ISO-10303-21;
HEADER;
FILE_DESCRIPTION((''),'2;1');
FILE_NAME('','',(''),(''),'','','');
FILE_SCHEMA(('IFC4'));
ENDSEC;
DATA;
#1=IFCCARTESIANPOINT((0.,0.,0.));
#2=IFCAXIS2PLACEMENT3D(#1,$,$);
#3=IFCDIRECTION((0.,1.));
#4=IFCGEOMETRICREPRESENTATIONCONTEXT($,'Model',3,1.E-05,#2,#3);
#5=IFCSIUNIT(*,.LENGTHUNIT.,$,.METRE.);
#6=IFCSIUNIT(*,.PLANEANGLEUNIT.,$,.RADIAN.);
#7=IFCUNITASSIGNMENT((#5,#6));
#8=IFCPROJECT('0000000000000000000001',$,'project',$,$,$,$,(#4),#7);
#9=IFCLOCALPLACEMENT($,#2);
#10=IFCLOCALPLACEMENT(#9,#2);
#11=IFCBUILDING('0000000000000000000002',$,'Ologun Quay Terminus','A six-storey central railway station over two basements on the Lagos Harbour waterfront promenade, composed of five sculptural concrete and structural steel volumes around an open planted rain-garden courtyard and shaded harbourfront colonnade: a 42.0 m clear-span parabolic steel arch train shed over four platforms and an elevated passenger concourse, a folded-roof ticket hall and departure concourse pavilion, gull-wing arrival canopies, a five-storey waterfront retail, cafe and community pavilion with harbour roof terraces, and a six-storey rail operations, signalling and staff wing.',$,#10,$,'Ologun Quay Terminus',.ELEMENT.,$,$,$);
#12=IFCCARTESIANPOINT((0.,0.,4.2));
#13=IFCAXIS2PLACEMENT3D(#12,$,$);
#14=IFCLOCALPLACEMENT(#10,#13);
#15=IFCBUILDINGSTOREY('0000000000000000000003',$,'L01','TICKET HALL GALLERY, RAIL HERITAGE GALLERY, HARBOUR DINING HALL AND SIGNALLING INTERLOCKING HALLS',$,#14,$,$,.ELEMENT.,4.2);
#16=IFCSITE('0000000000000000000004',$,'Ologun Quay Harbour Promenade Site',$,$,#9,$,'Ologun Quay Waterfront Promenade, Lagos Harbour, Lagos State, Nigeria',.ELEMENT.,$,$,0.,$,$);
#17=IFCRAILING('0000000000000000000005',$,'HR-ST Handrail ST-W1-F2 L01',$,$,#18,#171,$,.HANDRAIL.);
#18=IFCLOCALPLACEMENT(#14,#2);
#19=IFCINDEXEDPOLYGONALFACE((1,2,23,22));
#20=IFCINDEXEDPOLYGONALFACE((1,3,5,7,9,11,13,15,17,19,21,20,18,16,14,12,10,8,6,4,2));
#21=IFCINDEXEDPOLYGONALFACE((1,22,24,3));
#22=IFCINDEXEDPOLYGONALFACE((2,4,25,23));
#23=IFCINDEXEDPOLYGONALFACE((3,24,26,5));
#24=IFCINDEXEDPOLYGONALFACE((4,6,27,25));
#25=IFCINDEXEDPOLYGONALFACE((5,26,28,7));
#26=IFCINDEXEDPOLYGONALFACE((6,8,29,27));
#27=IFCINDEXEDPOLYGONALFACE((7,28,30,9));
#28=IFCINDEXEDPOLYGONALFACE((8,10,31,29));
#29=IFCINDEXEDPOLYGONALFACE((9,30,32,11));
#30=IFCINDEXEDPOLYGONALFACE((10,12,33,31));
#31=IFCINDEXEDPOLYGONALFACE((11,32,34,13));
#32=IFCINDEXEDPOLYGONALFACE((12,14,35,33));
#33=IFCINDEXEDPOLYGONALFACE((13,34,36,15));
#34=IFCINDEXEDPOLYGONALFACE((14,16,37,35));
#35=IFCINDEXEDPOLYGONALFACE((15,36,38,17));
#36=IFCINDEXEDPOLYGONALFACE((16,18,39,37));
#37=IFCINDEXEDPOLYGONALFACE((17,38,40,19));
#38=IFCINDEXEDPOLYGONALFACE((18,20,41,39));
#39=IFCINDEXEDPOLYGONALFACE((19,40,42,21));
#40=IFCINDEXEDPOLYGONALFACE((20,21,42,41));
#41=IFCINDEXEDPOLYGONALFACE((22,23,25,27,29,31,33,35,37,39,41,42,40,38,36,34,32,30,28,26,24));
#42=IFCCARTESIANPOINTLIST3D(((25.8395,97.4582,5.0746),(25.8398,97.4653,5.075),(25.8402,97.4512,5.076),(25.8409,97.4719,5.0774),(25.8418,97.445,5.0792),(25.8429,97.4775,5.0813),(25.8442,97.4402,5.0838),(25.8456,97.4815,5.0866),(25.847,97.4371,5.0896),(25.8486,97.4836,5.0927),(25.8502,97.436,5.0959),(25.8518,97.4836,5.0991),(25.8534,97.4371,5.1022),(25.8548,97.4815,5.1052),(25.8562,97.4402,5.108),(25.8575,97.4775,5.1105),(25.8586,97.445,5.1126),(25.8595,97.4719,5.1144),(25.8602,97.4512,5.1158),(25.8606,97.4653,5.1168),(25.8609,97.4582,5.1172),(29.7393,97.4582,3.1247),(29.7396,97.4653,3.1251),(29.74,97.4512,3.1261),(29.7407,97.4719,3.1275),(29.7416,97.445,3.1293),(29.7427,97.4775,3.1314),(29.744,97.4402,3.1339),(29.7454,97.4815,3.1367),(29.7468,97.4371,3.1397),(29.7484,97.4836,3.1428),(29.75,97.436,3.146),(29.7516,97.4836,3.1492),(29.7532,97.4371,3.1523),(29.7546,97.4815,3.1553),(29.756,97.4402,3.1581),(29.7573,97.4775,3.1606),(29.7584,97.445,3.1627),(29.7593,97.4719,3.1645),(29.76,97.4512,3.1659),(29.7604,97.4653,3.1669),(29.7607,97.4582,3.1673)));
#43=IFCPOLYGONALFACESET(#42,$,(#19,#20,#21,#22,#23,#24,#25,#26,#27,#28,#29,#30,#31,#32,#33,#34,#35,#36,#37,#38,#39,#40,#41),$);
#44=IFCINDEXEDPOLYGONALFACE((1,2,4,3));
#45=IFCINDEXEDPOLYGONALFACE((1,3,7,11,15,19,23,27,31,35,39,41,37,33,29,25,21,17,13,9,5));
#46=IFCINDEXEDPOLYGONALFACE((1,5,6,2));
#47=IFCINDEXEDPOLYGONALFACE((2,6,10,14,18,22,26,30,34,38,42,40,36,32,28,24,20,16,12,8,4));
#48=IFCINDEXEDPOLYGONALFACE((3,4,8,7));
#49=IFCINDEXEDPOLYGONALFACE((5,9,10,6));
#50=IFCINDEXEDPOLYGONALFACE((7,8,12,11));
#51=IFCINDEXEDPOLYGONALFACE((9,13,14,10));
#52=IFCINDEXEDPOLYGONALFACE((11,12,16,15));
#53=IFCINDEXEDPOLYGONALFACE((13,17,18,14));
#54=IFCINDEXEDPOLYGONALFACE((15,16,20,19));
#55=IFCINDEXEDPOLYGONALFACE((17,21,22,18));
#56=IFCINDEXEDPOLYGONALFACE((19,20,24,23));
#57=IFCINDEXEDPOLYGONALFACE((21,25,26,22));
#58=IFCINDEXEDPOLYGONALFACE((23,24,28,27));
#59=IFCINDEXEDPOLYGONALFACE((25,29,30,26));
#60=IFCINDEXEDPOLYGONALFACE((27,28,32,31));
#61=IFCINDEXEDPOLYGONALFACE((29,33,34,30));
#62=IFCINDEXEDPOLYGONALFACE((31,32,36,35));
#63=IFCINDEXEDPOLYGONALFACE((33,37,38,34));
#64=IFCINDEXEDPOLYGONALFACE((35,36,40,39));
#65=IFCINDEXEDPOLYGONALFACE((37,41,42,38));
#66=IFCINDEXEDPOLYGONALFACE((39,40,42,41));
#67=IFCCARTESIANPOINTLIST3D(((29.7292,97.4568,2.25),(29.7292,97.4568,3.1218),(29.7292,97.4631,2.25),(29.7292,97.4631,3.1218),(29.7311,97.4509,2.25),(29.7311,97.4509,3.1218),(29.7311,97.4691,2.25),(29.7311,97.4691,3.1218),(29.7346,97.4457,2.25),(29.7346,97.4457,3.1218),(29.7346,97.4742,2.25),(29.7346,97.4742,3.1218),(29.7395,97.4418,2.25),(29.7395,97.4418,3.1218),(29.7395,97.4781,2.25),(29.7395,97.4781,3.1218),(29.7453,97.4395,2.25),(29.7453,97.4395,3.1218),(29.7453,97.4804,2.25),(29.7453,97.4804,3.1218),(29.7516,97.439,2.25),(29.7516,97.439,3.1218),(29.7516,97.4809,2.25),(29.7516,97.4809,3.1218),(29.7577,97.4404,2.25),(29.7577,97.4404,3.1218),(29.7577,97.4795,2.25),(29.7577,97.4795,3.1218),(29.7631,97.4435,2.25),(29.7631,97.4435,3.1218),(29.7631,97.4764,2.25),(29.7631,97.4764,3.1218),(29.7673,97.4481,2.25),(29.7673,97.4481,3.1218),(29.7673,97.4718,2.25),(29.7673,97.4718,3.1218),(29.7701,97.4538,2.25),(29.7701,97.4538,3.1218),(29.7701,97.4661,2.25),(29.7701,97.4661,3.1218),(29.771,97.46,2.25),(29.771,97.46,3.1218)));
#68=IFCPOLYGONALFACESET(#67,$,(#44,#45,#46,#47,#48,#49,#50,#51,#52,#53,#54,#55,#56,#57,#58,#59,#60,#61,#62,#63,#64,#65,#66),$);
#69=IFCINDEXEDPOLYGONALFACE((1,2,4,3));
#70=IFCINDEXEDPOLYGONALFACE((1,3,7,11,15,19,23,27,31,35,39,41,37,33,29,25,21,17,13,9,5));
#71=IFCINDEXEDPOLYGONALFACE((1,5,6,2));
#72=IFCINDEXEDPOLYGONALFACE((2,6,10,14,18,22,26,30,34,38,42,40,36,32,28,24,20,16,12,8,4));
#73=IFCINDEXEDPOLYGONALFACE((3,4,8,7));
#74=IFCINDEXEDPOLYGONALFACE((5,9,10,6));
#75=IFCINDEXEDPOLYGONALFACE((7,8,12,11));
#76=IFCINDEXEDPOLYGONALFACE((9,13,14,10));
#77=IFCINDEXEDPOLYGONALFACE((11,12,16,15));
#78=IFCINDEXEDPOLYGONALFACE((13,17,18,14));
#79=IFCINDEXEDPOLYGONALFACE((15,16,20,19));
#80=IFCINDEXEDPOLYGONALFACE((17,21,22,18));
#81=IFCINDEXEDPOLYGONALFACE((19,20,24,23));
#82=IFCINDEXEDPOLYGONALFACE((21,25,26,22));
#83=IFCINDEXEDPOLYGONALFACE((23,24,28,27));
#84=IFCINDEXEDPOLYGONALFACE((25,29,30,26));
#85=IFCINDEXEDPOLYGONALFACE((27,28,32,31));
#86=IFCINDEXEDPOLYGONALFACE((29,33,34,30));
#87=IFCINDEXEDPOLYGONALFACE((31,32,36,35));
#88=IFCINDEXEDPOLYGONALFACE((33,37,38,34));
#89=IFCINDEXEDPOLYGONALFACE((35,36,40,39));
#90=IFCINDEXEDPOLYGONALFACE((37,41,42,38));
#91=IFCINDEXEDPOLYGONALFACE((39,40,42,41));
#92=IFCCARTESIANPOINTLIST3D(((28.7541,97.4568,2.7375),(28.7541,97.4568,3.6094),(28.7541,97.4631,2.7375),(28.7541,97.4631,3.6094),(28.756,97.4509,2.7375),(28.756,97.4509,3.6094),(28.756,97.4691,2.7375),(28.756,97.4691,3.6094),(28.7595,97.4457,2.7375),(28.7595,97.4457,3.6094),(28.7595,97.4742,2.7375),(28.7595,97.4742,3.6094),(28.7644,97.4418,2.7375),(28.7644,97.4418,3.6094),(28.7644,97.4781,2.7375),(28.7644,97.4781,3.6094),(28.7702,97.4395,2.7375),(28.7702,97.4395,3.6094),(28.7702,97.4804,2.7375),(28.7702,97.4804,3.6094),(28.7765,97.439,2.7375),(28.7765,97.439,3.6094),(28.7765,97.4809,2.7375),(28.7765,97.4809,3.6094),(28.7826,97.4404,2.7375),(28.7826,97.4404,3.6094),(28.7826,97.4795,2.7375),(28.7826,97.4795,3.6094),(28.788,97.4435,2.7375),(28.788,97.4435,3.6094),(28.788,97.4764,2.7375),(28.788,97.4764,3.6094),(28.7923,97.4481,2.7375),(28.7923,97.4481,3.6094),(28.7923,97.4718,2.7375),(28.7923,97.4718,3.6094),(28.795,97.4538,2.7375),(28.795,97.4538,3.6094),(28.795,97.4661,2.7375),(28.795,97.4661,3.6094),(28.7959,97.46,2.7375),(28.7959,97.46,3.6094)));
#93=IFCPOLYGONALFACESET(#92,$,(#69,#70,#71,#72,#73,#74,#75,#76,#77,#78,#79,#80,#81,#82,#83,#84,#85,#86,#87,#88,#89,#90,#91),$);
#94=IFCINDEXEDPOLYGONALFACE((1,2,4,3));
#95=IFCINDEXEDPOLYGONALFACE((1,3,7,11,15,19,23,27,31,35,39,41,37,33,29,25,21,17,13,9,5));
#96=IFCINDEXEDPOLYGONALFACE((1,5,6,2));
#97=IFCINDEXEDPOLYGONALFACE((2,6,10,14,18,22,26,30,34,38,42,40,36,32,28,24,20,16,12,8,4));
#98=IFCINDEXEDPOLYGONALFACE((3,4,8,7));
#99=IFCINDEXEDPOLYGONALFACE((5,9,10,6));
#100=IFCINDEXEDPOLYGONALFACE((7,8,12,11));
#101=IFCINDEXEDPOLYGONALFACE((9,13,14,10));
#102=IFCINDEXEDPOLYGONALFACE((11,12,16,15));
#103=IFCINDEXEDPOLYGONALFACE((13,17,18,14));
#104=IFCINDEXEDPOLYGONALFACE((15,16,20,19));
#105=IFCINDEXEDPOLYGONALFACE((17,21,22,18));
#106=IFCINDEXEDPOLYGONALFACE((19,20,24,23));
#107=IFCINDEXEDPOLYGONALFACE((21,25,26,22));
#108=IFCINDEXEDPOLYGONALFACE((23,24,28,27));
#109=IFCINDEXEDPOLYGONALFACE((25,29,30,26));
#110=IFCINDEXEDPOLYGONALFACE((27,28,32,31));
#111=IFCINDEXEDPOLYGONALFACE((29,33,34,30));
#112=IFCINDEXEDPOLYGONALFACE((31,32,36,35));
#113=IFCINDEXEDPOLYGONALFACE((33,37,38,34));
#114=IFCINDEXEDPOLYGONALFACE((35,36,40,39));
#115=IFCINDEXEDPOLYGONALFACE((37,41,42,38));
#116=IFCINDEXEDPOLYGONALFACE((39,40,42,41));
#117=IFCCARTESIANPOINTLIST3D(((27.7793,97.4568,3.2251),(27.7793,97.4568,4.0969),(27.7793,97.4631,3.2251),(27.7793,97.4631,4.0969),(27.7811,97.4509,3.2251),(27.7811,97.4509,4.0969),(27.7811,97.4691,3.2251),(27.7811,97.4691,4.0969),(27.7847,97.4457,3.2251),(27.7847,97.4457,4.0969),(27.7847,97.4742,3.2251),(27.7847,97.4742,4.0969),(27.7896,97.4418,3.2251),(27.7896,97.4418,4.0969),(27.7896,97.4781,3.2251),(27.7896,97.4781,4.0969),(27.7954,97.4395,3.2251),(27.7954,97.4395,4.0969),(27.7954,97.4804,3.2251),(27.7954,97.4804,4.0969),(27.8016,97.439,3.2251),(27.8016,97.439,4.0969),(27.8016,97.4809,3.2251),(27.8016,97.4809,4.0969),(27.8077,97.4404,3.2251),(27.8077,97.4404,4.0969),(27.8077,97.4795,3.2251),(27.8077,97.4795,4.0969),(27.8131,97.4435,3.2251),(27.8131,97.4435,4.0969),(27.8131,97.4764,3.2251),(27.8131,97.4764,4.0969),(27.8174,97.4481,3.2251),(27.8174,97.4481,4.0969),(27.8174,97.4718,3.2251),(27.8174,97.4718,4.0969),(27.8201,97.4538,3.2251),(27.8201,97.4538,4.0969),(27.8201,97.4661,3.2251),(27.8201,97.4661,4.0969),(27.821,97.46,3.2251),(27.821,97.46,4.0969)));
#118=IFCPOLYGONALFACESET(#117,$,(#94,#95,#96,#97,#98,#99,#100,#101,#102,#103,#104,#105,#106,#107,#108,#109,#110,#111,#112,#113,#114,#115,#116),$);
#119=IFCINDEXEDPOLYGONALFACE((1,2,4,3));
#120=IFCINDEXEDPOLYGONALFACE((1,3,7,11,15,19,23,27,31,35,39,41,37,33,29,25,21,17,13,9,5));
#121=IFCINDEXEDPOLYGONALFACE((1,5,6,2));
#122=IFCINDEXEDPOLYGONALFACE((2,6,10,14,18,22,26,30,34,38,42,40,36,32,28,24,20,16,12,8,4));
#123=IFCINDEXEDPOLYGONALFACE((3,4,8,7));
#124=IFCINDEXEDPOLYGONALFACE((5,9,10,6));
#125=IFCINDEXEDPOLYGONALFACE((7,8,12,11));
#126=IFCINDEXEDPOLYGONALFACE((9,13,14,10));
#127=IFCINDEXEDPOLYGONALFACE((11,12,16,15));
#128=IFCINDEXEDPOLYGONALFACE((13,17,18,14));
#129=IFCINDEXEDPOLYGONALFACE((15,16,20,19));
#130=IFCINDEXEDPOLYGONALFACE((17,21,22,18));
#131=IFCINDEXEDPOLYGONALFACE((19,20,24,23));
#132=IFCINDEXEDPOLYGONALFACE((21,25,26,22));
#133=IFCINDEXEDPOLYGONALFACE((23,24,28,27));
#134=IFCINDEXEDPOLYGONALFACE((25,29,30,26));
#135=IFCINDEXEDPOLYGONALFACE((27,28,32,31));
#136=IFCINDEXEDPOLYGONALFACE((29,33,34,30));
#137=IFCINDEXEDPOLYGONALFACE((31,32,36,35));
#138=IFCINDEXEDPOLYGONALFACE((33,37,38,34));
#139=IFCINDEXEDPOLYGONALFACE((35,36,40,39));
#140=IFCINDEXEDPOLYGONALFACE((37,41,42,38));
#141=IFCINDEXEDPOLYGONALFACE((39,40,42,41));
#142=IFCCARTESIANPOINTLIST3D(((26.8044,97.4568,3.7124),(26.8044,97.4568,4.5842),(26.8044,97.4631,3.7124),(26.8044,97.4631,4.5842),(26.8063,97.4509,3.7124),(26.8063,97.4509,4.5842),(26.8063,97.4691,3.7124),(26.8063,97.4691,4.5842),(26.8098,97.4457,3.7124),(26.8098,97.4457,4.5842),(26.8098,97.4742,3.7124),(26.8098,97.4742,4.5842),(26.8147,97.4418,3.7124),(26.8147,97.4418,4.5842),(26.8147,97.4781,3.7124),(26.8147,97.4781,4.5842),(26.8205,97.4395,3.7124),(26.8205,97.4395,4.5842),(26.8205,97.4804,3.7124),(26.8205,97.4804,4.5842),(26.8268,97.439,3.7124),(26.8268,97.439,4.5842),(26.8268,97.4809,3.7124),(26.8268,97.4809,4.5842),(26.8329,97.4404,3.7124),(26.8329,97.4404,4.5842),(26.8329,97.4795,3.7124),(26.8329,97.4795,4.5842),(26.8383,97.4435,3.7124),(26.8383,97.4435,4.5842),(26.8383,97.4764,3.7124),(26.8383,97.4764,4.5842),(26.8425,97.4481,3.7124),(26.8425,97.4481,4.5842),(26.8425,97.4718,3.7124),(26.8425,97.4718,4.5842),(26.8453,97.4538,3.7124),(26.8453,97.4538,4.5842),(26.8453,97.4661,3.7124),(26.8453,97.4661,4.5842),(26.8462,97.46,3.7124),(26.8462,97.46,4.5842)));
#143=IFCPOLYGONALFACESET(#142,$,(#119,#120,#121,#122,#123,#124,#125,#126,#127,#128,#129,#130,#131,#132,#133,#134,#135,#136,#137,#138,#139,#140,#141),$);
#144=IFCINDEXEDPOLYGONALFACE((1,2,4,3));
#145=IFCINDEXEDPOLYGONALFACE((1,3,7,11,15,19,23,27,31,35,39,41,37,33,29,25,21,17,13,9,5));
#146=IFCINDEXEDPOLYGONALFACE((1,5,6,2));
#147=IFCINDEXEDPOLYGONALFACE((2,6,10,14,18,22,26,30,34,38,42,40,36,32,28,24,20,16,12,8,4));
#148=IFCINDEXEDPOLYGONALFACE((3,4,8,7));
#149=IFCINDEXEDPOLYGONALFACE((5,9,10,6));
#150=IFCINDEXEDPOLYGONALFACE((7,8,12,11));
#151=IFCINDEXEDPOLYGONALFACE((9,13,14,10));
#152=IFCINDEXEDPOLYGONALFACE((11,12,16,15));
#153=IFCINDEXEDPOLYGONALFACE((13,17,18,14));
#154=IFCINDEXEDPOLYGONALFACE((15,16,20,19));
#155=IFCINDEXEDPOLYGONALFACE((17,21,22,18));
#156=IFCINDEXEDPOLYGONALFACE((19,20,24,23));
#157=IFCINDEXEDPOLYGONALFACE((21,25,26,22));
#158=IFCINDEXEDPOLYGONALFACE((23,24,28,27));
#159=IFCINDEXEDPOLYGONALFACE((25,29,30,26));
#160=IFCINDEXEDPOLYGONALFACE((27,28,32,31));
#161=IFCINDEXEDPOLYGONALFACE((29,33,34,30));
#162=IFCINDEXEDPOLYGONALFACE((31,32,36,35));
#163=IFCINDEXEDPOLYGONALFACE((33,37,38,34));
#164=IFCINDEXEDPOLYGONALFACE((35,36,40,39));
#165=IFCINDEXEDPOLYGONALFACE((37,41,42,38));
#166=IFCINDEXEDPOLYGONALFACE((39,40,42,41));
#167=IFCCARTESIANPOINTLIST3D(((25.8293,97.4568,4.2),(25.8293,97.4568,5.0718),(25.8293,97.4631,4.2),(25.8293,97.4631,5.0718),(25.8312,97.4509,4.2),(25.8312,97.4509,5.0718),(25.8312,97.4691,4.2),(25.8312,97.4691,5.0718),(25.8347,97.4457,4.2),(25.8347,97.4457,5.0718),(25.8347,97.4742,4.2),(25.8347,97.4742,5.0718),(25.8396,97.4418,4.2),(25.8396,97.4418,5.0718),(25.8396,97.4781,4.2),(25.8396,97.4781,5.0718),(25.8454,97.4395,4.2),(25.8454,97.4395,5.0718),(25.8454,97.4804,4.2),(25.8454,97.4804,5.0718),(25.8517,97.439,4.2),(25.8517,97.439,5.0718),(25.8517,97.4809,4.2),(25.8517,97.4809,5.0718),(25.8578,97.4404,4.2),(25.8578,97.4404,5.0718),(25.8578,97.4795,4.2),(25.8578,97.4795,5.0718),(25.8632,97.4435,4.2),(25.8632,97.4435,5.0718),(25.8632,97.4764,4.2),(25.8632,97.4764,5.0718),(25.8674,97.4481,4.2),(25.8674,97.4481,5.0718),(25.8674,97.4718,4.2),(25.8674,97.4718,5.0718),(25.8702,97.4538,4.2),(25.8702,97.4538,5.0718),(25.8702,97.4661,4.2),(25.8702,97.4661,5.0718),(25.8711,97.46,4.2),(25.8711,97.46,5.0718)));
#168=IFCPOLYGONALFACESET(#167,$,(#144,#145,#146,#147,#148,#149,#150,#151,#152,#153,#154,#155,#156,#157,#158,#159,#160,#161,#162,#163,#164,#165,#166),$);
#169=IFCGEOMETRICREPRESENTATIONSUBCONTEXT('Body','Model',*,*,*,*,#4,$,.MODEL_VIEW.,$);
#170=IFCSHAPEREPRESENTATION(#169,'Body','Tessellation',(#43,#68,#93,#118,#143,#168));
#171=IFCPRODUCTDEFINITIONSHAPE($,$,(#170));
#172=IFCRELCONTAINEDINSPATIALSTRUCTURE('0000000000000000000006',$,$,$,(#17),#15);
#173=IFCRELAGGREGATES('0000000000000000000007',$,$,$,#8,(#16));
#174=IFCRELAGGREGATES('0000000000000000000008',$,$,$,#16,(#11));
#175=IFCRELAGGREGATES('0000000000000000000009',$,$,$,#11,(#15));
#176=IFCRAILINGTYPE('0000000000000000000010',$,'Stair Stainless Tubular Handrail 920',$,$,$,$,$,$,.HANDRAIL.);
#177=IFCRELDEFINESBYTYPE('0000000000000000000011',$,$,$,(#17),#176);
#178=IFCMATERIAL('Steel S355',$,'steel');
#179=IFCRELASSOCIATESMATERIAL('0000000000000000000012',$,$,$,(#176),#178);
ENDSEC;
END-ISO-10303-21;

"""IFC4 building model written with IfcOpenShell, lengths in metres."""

from ifc_helpers import new_model, si_unit, direction, frame, origin, origin_2d, place, context, subcontext, project, spatial, circle, extrude, material, type_object, element, save


model = new_model("IFC4")

# Units and contexts
model_context = context("Model", 3, precision=1e-05, world=origin(), true_north=direction((0.0, 1.0)))
body_context = subcontext(model_context, "Body", "Model", "MODEL_VIEW")
ifc_project = project(units=[si_unit("LENGTHUNIT", "METRE"), si_unit("PLANEANGLEUNIT", "RADIAN")], contexts=[model_context])

# Site, building, storey
site_placement = place(None, origin())
site = spatial("IfcSite", under=ifc_project, at=site_placement, Name="Ologun Quay Harbour Promenade Site", LongName="Ologun Quay Waterfront Promenade, Lagos Harbour, Lagos State, Nigeria", CompositionType="ELEMENT", RefElevation=0.0)
building_placement = place(site_placement, origin())
building = spatial("IfcBuilding", under=site, at=building_placement, Name="Ologun Quay Terminus", Description="A six-storey central railway station over two basements on the Lagos Harbour waterfront promenade, composed of five sculptural concrete and structural steel volumes around an open planted rain-garden courtyard and shaded harbourfront colonnade: a 42.0 m clear-span parabolic steel arch train shed over four platforms and an elevated passenger concourse, a folded-roof ticket hall and departure concourse pavilion, gull-wing arrival canopies, a five-storey waterfront retail, cafe and community pavilion with harbour roof terraces, and a six-storey rail operations, signalling and staff wing.", LongName="Ologun Quay Terminus", CompositionType="ELEMENT")
storey_placement = place(building_placement, frame((0.0, 0.0, 4.2)))
storey = spatial("IfcBuildingStorey", under=building, at=storey_placement, Name="L01", Description="TICKET HALL GALLERY, RAIL HERITAGE GALLERY, HARBOUR DINING HALL AND SIGNALLING INTERLOCKING HALLS", CompositionType="ELEMENT", Elevation=4.2)

# Railing
ifc_material_1 = material(Name="Steel S355", Category="steel")
railing_type_1 = type_object("IfcRailingType", Name="Stair Stainless Tubular Handrail 920", PredefinedType="HANDRAIL", material=ifc_material_1)
railing_1_placement = place(storey_placement, frame((29.75, 97.46, 2.25)))
element("IfcRailing", 1, at=railing_1_placement, inside=storey, type_object=railing_type_1, Name="HR-ST Handrail ST-W1-F2 L01", PredefinedType="HANDRAIL", context=body_context, shape_type="SweptSolid", body=[
    extrude(circle(Radius=0.0239, at=origin_2d()), frame((0.0, 0.0, 0.896), z_axis=(-0.894427, 0.0, 0.447214), x_axis=(0.0, -1.0, 0.0)), (0.0, 0.0, 1.0), 4.3601),
    extrude(circle(Radius=0.021, at=origin_2d()), origin(), (0.0, 0.0, 1.0), 0.8718),
    extrude(circle(Radius=0.021, at=origin_2d()), frame((-0.9751, 0.0, 0.4875)), (0.0, 0.0, 1.0), 0.8718),
    extrude(circle(Radius=0.021, at=origin_2d()), frame((-1.95, 0.0, 0.9751)), (0.0, 0.0, 1.0), 0.8718),
    extrude(circle(Radius=0.021, at=origin_2d()), frame((-2.9248, 0.0, 1.4624)), (0.0, 0.0, 1.0), 0.8718),
    extrude(circle(Radius=0.021, at=origin_2d()), frame((-3.8999, 0.0, 1.95)), (0.0, 0.0, 1.0), 0.8718),
])

save(model, "model.ifc")
